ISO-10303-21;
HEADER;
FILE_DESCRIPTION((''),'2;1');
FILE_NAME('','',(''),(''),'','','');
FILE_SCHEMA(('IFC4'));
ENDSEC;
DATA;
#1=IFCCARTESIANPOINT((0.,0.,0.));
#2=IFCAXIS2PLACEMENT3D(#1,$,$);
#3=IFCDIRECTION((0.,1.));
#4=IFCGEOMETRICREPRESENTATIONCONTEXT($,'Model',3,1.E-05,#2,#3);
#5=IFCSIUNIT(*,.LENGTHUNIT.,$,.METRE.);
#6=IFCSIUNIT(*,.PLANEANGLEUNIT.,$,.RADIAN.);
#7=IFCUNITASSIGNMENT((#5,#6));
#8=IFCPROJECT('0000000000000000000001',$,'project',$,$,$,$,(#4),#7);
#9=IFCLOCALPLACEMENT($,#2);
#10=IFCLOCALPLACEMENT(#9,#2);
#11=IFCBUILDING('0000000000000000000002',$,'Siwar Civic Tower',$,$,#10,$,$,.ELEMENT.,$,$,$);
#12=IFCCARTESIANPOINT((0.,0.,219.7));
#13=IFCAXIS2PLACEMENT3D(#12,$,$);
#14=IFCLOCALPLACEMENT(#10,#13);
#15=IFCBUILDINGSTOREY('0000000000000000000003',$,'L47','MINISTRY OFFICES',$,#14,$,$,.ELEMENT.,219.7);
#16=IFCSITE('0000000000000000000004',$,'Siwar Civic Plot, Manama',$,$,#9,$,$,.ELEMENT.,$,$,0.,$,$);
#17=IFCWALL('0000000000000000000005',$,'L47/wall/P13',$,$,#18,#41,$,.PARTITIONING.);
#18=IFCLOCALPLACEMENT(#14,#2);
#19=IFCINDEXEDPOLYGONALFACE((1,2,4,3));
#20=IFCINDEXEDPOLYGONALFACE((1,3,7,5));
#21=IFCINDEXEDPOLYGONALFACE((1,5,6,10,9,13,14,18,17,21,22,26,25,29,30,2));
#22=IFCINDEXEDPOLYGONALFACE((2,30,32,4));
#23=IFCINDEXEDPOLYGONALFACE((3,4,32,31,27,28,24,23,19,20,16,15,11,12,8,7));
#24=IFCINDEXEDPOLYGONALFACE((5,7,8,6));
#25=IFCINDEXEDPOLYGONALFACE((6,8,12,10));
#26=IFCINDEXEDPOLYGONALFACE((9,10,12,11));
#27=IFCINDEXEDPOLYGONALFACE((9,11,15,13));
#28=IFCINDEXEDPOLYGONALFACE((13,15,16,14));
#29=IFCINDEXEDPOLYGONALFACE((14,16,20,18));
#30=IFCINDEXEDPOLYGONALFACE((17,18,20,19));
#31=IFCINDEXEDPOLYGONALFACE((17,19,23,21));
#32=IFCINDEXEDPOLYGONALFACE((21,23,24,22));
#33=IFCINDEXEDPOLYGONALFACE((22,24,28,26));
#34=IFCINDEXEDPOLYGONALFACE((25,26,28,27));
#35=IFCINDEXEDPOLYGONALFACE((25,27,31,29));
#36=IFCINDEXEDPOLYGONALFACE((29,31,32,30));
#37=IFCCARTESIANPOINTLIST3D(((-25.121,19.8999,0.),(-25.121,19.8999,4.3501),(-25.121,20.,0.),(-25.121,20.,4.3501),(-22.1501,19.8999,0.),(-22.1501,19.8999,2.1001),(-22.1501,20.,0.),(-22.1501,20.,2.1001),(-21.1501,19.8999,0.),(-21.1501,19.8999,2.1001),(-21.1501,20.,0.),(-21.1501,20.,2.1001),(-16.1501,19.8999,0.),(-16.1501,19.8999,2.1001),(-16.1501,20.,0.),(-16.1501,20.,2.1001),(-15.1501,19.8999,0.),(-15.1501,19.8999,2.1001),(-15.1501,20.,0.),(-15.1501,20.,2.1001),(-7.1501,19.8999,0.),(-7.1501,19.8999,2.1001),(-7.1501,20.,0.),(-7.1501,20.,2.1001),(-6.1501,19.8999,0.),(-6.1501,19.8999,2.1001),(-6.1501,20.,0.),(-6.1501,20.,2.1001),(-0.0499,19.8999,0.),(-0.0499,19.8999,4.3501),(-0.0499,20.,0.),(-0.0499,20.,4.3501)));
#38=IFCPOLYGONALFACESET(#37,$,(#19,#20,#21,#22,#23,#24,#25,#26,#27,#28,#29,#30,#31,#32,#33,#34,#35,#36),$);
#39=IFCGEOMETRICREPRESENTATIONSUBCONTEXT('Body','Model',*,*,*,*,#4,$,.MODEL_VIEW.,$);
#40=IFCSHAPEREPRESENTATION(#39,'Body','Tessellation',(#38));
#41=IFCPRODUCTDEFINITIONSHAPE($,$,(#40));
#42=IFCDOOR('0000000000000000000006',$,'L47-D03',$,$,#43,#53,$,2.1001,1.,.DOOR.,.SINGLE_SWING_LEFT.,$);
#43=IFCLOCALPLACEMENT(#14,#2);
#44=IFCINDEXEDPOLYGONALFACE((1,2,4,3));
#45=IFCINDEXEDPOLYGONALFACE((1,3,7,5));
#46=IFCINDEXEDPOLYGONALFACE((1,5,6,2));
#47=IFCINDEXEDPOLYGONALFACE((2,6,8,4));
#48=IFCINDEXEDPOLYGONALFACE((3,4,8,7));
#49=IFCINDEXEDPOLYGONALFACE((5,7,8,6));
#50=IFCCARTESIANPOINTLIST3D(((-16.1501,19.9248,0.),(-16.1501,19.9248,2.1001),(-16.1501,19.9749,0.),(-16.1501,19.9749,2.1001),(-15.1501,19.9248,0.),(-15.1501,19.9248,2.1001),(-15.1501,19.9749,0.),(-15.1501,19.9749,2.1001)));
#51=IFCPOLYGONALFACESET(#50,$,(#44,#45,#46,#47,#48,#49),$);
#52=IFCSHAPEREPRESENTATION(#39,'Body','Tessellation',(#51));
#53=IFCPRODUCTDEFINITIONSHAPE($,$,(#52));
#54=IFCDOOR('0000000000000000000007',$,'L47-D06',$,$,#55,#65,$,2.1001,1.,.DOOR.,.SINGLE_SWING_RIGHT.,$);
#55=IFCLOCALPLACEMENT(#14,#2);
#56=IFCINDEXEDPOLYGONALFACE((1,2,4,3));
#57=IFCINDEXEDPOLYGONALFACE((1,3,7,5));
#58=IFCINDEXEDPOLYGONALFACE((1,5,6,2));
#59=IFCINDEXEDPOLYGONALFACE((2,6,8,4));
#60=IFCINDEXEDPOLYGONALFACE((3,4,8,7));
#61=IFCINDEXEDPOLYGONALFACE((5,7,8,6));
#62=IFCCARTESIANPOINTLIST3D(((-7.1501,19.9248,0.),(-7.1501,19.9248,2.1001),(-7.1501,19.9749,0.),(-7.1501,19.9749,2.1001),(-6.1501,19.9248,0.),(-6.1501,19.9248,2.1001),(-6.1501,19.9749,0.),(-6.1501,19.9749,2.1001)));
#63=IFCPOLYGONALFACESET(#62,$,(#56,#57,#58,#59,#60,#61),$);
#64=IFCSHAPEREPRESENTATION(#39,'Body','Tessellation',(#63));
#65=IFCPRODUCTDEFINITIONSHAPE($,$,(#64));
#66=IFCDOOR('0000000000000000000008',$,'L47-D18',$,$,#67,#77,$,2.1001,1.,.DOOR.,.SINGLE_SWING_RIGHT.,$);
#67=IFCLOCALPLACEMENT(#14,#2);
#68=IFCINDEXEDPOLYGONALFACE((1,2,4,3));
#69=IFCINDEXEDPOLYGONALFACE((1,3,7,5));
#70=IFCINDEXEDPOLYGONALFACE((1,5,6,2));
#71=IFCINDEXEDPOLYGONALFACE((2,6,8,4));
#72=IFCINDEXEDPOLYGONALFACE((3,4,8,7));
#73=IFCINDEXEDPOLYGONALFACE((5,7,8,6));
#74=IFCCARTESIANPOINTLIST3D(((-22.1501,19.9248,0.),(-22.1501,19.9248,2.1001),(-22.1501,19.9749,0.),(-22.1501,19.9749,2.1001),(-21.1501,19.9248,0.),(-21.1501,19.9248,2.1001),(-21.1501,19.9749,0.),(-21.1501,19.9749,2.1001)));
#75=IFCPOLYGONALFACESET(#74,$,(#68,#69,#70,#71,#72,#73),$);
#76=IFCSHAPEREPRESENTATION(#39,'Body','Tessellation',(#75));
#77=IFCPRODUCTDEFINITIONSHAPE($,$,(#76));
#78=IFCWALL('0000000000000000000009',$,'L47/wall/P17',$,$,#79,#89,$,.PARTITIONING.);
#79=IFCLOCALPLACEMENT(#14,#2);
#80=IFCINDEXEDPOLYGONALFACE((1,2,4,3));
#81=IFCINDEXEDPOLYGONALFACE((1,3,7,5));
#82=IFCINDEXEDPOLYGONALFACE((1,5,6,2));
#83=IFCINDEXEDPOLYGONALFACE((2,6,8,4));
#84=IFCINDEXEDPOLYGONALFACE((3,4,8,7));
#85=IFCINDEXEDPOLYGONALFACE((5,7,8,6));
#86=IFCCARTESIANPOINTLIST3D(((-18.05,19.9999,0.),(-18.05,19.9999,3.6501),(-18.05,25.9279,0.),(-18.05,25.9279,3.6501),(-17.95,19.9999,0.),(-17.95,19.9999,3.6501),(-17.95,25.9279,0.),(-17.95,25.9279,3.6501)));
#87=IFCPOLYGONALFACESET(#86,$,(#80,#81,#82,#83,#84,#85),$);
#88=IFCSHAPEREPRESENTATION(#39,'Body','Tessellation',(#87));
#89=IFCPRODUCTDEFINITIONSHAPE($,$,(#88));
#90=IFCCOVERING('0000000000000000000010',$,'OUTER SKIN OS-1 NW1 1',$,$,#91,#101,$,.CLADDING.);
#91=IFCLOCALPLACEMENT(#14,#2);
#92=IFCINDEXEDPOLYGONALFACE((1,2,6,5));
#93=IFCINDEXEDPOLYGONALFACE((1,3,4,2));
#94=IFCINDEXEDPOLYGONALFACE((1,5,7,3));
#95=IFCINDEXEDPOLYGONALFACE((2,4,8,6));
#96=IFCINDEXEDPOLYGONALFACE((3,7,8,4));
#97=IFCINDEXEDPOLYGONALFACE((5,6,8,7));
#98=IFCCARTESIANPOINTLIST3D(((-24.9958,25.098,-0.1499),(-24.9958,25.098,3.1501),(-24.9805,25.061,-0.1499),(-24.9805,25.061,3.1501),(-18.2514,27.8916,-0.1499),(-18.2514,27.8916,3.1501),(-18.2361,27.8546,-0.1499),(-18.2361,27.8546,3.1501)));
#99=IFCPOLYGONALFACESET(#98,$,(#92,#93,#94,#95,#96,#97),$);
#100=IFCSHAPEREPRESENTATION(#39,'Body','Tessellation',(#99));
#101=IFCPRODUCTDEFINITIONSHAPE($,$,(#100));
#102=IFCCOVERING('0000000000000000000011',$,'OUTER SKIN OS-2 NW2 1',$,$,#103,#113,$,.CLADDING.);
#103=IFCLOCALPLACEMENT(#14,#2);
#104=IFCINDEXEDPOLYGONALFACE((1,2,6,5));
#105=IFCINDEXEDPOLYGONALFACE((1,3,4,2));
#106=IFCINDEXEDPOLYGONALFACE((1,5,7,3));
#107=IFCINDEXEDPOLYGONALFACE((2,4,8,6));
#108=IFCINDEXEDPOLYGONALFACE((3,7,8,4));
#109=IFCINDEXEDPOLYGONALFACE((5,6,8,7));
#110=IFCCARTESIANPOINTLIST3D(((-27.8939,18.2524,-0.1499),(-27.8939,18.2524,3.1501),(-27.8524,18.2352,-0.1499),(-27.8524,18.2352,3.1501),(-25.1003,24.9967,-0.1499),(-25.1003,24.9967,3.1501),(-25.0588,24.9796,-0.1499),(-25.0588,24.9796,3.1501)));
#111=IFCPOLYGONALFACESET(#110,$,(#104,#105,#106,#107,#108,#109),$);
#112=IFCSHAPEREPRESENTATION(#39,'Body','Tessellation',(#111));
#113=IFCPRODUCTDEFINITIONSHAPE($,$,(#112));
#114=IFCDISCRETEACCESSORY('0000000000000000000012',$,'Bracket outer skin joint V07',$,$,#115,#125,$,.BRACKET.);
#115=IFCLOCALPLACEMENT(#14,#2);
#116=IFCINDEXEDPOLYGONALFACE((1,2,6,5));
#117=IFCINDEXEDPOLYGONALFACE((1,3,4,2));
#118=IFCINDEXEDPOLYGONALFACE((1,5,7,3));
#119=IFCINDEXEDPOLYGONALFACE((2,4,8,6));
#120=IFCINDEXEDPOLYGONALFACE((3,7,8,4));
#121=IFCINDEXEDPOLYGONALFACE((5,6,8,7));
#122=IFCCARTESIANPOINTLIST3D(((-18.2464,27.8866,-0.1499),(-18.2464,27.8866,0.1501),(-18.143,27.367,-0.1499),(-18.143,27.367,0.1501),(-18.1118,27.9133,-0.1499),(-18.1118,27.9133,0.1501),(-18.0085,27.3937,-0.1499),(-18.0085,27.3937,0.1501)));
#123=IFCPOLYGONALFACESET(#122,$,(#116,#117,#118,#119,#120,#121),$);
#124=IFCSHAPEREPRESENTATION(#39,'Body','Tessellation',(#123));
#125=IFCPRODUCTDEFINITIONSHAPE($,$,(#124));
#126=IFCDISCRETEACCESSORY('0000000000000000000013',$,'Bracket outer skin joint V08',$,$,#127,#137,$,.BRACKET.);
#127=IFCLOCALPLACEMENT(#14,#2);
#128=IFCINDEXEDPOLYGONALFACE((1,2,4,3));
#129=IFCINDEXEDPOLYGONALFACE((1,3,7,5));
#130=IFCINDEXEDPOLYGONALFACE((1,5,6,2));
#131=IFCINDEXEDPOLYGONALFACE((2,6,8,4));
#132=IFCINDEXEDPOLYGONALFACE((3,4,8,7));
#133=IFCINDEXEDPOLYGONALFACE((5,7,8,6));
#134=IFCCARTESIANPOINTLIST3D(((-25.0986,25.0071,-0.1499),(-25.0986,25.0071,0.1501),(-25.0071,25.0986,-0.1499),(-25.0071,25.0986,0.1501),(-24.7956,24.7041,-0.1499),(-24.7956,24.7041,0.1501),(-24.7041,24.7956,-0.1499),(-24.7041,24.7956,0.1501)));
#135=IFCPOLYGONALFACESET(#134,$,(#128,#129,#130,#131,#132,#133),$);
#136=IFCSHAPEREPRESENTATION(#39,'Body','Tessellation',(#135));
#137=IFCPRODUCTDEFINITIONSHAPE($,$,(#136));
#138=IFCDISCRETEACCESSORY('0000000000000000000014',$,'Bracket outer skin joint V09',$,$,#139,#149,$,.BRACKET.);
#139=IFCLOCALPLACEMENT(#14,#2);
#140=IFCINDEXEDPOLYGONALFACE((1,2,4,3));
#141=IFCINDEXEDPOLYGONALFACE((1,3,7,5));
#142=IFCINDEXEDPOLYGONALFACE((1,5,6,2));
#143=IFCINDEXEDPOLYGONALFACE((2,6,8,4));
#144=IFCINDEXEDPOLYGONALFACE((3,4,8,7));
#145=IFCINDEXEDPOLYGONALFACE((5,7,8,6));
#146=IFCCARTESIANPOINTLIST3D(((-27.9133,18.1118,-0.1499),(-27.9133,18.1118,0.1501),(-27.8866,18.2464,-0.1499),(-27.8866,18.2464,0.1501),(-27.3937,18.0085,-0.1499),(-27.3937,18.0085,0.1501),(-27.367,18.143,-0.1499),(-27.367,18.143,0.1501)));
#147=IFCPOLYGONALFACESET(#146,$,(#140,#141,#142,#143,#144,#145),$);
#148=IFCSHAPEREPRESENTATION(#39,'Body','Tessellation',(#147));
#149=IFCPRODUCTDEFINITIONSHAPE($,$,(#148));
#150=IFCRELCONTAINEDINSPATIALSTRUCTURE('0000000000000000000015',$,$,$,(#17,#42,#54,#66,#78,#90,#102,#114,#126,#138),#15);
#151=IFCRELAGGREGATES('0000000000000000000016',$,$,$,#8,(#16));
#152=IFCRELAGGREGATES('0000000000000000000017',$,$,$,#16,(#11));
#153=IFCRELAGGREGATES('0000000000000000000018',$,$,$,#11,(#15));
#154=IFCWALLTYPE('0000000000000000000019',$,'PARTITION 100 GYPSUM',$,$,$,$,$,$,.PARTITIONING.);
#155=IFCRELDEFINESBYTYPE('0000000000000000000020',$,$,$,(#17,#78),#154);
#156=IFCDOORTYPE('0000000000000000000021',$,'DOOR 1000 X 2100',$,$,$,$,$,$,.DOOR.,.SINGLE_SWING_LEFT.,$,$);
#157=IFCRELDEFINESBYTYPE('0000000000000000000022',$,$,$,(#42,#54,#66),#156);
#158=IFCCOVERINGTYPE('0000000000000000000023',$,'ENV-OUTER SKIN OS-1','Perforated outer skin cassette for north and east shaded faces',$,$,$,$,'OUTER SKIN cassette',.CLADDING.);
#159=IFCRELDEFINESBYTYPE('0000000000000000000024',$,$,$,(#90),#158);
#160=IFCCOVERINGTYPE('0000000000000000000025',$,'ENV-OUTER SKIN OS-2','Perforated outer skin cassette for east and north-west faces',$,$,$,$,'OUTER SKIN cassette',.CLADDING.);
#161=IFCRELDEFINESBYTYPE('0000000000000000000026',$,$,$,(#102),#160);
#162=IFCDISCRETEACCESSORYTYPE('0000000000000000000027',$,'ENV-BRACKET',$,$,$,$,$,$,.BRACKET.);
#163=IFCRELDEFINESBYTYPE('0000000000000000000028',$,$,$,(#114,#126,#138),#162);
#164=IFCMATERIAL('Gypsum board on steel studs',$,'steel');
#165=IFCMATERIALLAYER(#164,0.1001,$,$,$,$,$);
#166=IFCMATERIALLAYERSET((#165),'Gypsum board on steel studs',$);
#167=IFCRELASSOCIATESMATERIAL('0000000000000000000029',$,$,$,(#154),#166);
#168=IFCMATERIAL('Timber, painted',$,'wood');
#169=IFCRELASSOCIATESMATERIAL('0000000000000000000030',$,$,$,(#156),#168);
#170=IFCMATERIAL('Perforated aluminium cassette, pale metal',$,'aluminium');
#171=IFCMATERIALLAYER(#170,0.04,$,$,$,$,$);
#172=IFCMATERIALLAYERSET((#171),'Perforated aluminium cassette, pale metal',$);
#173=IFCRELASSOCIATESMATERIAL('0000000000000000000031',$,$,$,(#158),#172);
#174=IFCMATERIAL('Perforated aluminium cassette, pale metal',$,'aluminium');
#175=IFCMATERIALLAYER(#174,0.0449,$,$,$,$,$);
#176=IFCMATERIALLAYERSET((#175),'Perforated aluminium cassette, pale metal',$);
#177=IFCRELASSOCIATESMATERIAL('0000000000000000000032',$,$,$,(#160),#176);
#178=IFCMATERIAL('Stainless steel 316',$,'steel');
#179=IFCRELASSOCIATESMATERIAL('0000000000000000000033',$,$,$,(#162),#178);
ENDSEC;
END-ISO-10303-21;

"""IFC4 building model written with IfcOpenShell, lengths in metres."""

from ifc_helpers import new_model, si_unit, direction, frame, frame_2d, origin, origin_2d, place, context, subcontext, project, spatial, rectangle, extrude, material, layer, layer_set, type_object, element, fill, save


model = new_model("IFC4")

# Units and contexts
model_context = context("Model", 3, precision=1e-05, world=origin(), true_north=direction((0.0, 1.0)))
body_context = subcontext(model_context, "Body", "Model", "MODEL_VIEW")
ifc_project = project(units=[si_unit("LENGTHUNIT", "METRE"), si_unit("PLANEANGLEUNIT", "RADIAN")], contexts=[model_context])

# Site, building, storey
site_placement = place(None, origin())
site = spatial("IfcSite", under=ifc_project, at=site_placement, Name="Siwar Civic Plot, Manama", CompositionType="ELEMENT", RefElevation=0.0)
building_placement = place(site_placement, origin())
building = spatial("IfcBuilding", under=site, at=building_placement, Name="Siwar Civic Tower", CompositionType="ELEMENT")
storey_placement = place(building_placement, frame((0.0, 0.0, 219.7)))
storey = spatial("IfcBuildingStorey", under=building, at=storey_placement, Name="L47", Description="MINISTRY OFFICES", CompositionType="ELEMENT", Elevation=219.7)

# Wall, openings, doors
ifc_material_1 = material(Name="Gypsum board on steel studs", Category="steel")
ifc_layer_1 = layer(ifc_material_1, 0.1001)
ifc_layer_set_1 = layer_set([ifc_layer_1], Name="Gypsum board on steel studs")
wall_type = type_object("IfcWallType", Name="PARTITION 100 GYPSUM", PredefinedType="PARTITIONING", material=ifc_layer_set_1)
wall_1_placement = place(storey_placement, frame((-25.1211, 19.95, 0.0), z_axis=(0.0, 0.0, 1.0), x_axis=(1.0, 0.0, 0.0)))
wall_1 = element("IfcWall", 1, at=wall_1_placement, inside=storey, type_object=wall_type, Name="L47/wall/P13", PredefinedType="PARTITIONING", context=body_context, shape_type="SweptSolid", body=[
    extrude(rectangle(XDim=25.071, YDim=0.1001, at=frame_2d((12.5356, 0.0))), origin(), (0.0, 0.0, 1.0), 4.3501),
])
opening_1_placement = place(wall_1_placement, frame((8.9709, 0.0, 0.0)))
opening_1 = element("IfcOpeningElement", 2, at=opening_1_placement, cuts=wall_1, PredefinedType="OPENING", context=body_context, shape_type="SweptSolid", body=[
    extrude(rectangle(XDim=1.0, YDim=2.1001, at=frame_2d((0.5, 1.05))), frame((0.0, 0.0601, 0.0), z_axis=(0.0, -1.0, 0.0), x_axis=(1.0, 0.0, 0.0)), (0.0, 0.0, 1.0), 0.1201),
])
opening_2_placement = place(wall_1_placement, frame((17.9709, 0.0, 0.0)))
opening_2 = element("IfcOpeningElement", 3, at=opening_2_placement, cuts=wall_1, PredefinedType="OPENING", context=body_context, shape_type="SweptSolid", body=[
    extrude(rectangle(XDim=1.0, YDim=2.1001, at=frame_2d((0.5, 1.05))), frame((0.0, 0.0601, 0.0), z_axis=(0.0, -1.0, 0.0), x_axis=(1.0, 0.0, 0.0)), (0.0, 0.0, 1.0), 0.1201),
])
opening_3_placement = place(wall_1_placement, frame((2.9709, 0.0, 0.0)))
opening_3 = element("IfcOpeningElement", 4, at=opening_3_placement, cuts=wall_1, PredefinedType="OPENING", context=body_context, shape_type="SweptSolid", body=[
    extrude(rectangle(XDim=1.0, YDim=2.1001, at=frame_2d((0.5, 1.05))), frame((0.0, 0.0601, 0.0), z_axis=(0.0, -1.0, 0.0), x_axis=(1.0, 0.0, 0.0)), (0.0, 0.0, 1.0), 0.1201),
])
ifc_material_2 = material(Name="Timber, painted", Category="wood")
door_type = type_object("IfcDoorType", Name="DOOR 1000 X 2100", OperationType="SINGLE_SWING_LEFT", PredefinedType="DOOR", material=ifc_material_2)
door_1_placement = place(opening_1_placement, origin())
door_1 = element("IfcDoor", 5, at=door_1_placement, inside=storey, type_object=door_type, Name="L47-D03", OperationType="SINGLE_SWING_LEFT", OverallHeight=2.1001, OverallWidth=1.0, PredefinedType="DOOR", context=body_context, shape_type="SweptSolid", body=[
    extrude(rectangle(XDim=1.0, YDim=2.1001, at=frame_2d((0.5, 1.05))), frame((0.0, 0.0249, 0.0), z_axis=(0.0, -1.0, 0.0), x_axis=(1.0, 0.0, 0.0)), (0.0, 0.0, 1.0), 0.05),
])
fill(opening_1, door_1)
door_2_placement = place(opening_2_placement, origin())
door_2 = element("IfcDoor", 6, at=door_2_placement, inside=storey, type_object=door_type, Name="L47-D06", OperationType="SINGLE_SWING_RIGHT", OverallHeight=2.1001, OverallWidth=1.0, PredefinedType="DOOR", context=body_context, shape_type="SweptSolid", body=[
    extrude(rectangle(XDim=1.0, YDim=2.1001, at=frame_2d((0.5, 1.05))), frame((0.0, 0.0249, 0.0), z_axis=(0.0, -1.0, 0.0), x_axis=(1.0, 0.0, 0.0)), (0.0, 0.0, 1.0), 0.05),
])
fill(opening_2, door_2)
door_3_placement = place(opening_3_placement, origin())
door_3 = element("IfcDoor", 7, at=door_3_placement, inside=storey, type_object=door_type, Name="L47-D18", OperationType="SINGLE_SWING_RIGHT", OverallHeight=2.1001, OverallWidth=1.0, PredefinedType="DOOR", context=body_context, shape_type="SweptSolid", body=[
    extrude(rectangle(XDim=1.0, YDim=2.1001, at=frame_2d((0.5, 1.05))), frame((0.0, 0.0249, 0.0), z_axis=(0.0, -1.0, 0.0), x_axis=(1.0, 0.0, 0.0)), (0.0, 0.0, 1.0), 0.05),
])
fill(opening_3, door_3)

# Wall
wall_2_placement = place(storey_placement, frame((-18.0, 20.0, 0.0), z_axis=(0.0, 0.0, 1.0), x_axis=(0.0, 1.0, 0.0)))
element("IfcWall", 8, at=wall_2_placement, inside=storey, type_object=wall_type, Name="L47/wall/P17", PredefinedType="PARTITIONING", context=body_context, shape_type="SweptSolid", body=[
    extrude(rectangle(XDim=5.928, YDim=0.1001, at=frame_2d((2.9639, 0.0))), origin(), (0.0, 0.0, 1.0), 3.6501),
])

# Coverings
ifc_material_3 = material(Name="Perforated aluminium cassette, pale metal", Category="aluminium")
ifc_layer_2 = layer(ifc_material_3, 0.04)
ifc_layer_set_2 = layer_set([ifc_layer_2], Name="Perforated aluminium cassette, pale metal")
covering_type_1 = type_object("IfcCoveringType", Name="ENV-OUTER SKIN OS-1", Description="Perforated outer skin cassette for north and east shaded faces", ElementType="OUTER SKIN cassette", PredefinedType="CLADDING", material=ifc_layer_set_2)
covering_1_placement = place(storey_placement, frame((-21.616, 26.4763, -0.1499), z_axis=(0.0, 0.0, 1.0), x_axis=(-0.92388, -0.382683, 0.0)))
element("IfcCovering", 9, at=covering_1_placement, inside=storey, type_object=covering_type_1, Name="OUTER SKIN OS-1 NW1 1", PredefinedType="CLADDING", context=body_context, shape_type="SweptSolid", body=[
    extrude(rectangle(XDim=7.3, YDim=0.04, at=origin_2d()), origin(), (0.0, 0.0, 1.0), 3.3),
])
ifc_material_4 = material(Name="Perforated aluminium cassette, pale metal", Category="aluminium")
ifc_layer_3 = layer(ifc_material_4, 0.0449)
ifc_layer_set_3 = layer_set([ifc_layer_3], Name="Perforated aluminium cassette, pale metal")
covering_type_2 = type_object("IfcCoveringType", Name="ENV-OUTER SKIN OS-2", Description="Perforated outer skin cassette for east and north-west faces", ElementType="OUTER SKIN cassette", PredefinedType="CLADDING", material=ifc_layer_set_3)
covering_2_placement = place(storey_placement, frame((-26.4763, 21.616, -0.1499), z_axis=(0.0, 0.0, 1.0), x_axis=(-0.382683, -0.92388, 0.0)))
element("IfcCovering", 10, at=covering_2_placement, inside=storey, type_object=covering_type_2, Name="OUTER SKIN OS-2 NW2 1", PredefinedType="CLADDING", context=body_context, shape_type="SweptSolid", body=[
    extrude(rectangle(XDim=7.3, YDim=0.0449, at=origin_2d()), origin(), (0.0, 0.0, 1.0), 3.3),
])

# Discrete accessories
ifc_material_5 = material(Name="Stainless steel 316", Category="steel")
discrete_accessory_type = type_object("IfcDiscreteAccessoryType", Name="ENV-BRACKET", PredefinedType="BRACKET", material=ifc_material_5)
discrete_accessory_1_placement = place(storey_placement, frame((-18.1274, 27.6401, -0.1499), z_axis=(0.0, 0.0, 1.0), x_axis=(-0.19509, 0.980785, 0.0)))
element("IfcDiscreteAccessory", 11, at=discrete_accessory_1_placement, inside=storey, type_object=discrete_accessory_type, Name="Bracket outer skin joint V07", PredefinedType="BRACKET", context=body_context, shape_type="SweptSolid", body=[
    extrude(rectangle(XDim=0.5298, YDim=0.1372, at=origin_2d()), origin(), (0.0, 0.0, 1.0), 0.3),
])
discrete_accessory_2_placement = place(storey_placement, frame((-24.9014, 24.9014, -0.1499), z_axis=(0.0, 0.0, 1.0), x_axis=(-0.707107, 0.707107, 0.0)))
element("IfcDiscreteAccessory", 12, at=discrete_accessory_2_placement, inside=storey, type_object=discrete_accessory_type, Name="Bracket outer skin joint V08", PredefinedType="BRACKET", context=body_context, shape_type="SweptSolid", body=[
    extrude(rectangle(XDim=0.4285, YDim=0.1294, at=origin_2d()), origin(), (0.0, 0.0, 1.0), 0.3),
])
discrete_accessory_3_placement = place(storey_placement, frame((-27.6401, 18.1274, -0.1499), z_axis=(0.0, 0.0, 1.0), x_axis=(-0.980785, 0.19509, 0.0)))
element("IfcDiscreteAccessory", 13, at=discrete_accessory_3_placement, inside=storey, type_object=discrete_accessory_type, Name="Bracket outer skin joint V09", PredefinedType="BRACKET", context=body_context, shape_type="SweptSolid", body=[
    extrude(rectangle(XDim=0.5298, YDim=0.1372, at=origin_2d()), origin(), (0.0, 0.0, 1.0), 0.3),
])

save(model, "model.ifc")
